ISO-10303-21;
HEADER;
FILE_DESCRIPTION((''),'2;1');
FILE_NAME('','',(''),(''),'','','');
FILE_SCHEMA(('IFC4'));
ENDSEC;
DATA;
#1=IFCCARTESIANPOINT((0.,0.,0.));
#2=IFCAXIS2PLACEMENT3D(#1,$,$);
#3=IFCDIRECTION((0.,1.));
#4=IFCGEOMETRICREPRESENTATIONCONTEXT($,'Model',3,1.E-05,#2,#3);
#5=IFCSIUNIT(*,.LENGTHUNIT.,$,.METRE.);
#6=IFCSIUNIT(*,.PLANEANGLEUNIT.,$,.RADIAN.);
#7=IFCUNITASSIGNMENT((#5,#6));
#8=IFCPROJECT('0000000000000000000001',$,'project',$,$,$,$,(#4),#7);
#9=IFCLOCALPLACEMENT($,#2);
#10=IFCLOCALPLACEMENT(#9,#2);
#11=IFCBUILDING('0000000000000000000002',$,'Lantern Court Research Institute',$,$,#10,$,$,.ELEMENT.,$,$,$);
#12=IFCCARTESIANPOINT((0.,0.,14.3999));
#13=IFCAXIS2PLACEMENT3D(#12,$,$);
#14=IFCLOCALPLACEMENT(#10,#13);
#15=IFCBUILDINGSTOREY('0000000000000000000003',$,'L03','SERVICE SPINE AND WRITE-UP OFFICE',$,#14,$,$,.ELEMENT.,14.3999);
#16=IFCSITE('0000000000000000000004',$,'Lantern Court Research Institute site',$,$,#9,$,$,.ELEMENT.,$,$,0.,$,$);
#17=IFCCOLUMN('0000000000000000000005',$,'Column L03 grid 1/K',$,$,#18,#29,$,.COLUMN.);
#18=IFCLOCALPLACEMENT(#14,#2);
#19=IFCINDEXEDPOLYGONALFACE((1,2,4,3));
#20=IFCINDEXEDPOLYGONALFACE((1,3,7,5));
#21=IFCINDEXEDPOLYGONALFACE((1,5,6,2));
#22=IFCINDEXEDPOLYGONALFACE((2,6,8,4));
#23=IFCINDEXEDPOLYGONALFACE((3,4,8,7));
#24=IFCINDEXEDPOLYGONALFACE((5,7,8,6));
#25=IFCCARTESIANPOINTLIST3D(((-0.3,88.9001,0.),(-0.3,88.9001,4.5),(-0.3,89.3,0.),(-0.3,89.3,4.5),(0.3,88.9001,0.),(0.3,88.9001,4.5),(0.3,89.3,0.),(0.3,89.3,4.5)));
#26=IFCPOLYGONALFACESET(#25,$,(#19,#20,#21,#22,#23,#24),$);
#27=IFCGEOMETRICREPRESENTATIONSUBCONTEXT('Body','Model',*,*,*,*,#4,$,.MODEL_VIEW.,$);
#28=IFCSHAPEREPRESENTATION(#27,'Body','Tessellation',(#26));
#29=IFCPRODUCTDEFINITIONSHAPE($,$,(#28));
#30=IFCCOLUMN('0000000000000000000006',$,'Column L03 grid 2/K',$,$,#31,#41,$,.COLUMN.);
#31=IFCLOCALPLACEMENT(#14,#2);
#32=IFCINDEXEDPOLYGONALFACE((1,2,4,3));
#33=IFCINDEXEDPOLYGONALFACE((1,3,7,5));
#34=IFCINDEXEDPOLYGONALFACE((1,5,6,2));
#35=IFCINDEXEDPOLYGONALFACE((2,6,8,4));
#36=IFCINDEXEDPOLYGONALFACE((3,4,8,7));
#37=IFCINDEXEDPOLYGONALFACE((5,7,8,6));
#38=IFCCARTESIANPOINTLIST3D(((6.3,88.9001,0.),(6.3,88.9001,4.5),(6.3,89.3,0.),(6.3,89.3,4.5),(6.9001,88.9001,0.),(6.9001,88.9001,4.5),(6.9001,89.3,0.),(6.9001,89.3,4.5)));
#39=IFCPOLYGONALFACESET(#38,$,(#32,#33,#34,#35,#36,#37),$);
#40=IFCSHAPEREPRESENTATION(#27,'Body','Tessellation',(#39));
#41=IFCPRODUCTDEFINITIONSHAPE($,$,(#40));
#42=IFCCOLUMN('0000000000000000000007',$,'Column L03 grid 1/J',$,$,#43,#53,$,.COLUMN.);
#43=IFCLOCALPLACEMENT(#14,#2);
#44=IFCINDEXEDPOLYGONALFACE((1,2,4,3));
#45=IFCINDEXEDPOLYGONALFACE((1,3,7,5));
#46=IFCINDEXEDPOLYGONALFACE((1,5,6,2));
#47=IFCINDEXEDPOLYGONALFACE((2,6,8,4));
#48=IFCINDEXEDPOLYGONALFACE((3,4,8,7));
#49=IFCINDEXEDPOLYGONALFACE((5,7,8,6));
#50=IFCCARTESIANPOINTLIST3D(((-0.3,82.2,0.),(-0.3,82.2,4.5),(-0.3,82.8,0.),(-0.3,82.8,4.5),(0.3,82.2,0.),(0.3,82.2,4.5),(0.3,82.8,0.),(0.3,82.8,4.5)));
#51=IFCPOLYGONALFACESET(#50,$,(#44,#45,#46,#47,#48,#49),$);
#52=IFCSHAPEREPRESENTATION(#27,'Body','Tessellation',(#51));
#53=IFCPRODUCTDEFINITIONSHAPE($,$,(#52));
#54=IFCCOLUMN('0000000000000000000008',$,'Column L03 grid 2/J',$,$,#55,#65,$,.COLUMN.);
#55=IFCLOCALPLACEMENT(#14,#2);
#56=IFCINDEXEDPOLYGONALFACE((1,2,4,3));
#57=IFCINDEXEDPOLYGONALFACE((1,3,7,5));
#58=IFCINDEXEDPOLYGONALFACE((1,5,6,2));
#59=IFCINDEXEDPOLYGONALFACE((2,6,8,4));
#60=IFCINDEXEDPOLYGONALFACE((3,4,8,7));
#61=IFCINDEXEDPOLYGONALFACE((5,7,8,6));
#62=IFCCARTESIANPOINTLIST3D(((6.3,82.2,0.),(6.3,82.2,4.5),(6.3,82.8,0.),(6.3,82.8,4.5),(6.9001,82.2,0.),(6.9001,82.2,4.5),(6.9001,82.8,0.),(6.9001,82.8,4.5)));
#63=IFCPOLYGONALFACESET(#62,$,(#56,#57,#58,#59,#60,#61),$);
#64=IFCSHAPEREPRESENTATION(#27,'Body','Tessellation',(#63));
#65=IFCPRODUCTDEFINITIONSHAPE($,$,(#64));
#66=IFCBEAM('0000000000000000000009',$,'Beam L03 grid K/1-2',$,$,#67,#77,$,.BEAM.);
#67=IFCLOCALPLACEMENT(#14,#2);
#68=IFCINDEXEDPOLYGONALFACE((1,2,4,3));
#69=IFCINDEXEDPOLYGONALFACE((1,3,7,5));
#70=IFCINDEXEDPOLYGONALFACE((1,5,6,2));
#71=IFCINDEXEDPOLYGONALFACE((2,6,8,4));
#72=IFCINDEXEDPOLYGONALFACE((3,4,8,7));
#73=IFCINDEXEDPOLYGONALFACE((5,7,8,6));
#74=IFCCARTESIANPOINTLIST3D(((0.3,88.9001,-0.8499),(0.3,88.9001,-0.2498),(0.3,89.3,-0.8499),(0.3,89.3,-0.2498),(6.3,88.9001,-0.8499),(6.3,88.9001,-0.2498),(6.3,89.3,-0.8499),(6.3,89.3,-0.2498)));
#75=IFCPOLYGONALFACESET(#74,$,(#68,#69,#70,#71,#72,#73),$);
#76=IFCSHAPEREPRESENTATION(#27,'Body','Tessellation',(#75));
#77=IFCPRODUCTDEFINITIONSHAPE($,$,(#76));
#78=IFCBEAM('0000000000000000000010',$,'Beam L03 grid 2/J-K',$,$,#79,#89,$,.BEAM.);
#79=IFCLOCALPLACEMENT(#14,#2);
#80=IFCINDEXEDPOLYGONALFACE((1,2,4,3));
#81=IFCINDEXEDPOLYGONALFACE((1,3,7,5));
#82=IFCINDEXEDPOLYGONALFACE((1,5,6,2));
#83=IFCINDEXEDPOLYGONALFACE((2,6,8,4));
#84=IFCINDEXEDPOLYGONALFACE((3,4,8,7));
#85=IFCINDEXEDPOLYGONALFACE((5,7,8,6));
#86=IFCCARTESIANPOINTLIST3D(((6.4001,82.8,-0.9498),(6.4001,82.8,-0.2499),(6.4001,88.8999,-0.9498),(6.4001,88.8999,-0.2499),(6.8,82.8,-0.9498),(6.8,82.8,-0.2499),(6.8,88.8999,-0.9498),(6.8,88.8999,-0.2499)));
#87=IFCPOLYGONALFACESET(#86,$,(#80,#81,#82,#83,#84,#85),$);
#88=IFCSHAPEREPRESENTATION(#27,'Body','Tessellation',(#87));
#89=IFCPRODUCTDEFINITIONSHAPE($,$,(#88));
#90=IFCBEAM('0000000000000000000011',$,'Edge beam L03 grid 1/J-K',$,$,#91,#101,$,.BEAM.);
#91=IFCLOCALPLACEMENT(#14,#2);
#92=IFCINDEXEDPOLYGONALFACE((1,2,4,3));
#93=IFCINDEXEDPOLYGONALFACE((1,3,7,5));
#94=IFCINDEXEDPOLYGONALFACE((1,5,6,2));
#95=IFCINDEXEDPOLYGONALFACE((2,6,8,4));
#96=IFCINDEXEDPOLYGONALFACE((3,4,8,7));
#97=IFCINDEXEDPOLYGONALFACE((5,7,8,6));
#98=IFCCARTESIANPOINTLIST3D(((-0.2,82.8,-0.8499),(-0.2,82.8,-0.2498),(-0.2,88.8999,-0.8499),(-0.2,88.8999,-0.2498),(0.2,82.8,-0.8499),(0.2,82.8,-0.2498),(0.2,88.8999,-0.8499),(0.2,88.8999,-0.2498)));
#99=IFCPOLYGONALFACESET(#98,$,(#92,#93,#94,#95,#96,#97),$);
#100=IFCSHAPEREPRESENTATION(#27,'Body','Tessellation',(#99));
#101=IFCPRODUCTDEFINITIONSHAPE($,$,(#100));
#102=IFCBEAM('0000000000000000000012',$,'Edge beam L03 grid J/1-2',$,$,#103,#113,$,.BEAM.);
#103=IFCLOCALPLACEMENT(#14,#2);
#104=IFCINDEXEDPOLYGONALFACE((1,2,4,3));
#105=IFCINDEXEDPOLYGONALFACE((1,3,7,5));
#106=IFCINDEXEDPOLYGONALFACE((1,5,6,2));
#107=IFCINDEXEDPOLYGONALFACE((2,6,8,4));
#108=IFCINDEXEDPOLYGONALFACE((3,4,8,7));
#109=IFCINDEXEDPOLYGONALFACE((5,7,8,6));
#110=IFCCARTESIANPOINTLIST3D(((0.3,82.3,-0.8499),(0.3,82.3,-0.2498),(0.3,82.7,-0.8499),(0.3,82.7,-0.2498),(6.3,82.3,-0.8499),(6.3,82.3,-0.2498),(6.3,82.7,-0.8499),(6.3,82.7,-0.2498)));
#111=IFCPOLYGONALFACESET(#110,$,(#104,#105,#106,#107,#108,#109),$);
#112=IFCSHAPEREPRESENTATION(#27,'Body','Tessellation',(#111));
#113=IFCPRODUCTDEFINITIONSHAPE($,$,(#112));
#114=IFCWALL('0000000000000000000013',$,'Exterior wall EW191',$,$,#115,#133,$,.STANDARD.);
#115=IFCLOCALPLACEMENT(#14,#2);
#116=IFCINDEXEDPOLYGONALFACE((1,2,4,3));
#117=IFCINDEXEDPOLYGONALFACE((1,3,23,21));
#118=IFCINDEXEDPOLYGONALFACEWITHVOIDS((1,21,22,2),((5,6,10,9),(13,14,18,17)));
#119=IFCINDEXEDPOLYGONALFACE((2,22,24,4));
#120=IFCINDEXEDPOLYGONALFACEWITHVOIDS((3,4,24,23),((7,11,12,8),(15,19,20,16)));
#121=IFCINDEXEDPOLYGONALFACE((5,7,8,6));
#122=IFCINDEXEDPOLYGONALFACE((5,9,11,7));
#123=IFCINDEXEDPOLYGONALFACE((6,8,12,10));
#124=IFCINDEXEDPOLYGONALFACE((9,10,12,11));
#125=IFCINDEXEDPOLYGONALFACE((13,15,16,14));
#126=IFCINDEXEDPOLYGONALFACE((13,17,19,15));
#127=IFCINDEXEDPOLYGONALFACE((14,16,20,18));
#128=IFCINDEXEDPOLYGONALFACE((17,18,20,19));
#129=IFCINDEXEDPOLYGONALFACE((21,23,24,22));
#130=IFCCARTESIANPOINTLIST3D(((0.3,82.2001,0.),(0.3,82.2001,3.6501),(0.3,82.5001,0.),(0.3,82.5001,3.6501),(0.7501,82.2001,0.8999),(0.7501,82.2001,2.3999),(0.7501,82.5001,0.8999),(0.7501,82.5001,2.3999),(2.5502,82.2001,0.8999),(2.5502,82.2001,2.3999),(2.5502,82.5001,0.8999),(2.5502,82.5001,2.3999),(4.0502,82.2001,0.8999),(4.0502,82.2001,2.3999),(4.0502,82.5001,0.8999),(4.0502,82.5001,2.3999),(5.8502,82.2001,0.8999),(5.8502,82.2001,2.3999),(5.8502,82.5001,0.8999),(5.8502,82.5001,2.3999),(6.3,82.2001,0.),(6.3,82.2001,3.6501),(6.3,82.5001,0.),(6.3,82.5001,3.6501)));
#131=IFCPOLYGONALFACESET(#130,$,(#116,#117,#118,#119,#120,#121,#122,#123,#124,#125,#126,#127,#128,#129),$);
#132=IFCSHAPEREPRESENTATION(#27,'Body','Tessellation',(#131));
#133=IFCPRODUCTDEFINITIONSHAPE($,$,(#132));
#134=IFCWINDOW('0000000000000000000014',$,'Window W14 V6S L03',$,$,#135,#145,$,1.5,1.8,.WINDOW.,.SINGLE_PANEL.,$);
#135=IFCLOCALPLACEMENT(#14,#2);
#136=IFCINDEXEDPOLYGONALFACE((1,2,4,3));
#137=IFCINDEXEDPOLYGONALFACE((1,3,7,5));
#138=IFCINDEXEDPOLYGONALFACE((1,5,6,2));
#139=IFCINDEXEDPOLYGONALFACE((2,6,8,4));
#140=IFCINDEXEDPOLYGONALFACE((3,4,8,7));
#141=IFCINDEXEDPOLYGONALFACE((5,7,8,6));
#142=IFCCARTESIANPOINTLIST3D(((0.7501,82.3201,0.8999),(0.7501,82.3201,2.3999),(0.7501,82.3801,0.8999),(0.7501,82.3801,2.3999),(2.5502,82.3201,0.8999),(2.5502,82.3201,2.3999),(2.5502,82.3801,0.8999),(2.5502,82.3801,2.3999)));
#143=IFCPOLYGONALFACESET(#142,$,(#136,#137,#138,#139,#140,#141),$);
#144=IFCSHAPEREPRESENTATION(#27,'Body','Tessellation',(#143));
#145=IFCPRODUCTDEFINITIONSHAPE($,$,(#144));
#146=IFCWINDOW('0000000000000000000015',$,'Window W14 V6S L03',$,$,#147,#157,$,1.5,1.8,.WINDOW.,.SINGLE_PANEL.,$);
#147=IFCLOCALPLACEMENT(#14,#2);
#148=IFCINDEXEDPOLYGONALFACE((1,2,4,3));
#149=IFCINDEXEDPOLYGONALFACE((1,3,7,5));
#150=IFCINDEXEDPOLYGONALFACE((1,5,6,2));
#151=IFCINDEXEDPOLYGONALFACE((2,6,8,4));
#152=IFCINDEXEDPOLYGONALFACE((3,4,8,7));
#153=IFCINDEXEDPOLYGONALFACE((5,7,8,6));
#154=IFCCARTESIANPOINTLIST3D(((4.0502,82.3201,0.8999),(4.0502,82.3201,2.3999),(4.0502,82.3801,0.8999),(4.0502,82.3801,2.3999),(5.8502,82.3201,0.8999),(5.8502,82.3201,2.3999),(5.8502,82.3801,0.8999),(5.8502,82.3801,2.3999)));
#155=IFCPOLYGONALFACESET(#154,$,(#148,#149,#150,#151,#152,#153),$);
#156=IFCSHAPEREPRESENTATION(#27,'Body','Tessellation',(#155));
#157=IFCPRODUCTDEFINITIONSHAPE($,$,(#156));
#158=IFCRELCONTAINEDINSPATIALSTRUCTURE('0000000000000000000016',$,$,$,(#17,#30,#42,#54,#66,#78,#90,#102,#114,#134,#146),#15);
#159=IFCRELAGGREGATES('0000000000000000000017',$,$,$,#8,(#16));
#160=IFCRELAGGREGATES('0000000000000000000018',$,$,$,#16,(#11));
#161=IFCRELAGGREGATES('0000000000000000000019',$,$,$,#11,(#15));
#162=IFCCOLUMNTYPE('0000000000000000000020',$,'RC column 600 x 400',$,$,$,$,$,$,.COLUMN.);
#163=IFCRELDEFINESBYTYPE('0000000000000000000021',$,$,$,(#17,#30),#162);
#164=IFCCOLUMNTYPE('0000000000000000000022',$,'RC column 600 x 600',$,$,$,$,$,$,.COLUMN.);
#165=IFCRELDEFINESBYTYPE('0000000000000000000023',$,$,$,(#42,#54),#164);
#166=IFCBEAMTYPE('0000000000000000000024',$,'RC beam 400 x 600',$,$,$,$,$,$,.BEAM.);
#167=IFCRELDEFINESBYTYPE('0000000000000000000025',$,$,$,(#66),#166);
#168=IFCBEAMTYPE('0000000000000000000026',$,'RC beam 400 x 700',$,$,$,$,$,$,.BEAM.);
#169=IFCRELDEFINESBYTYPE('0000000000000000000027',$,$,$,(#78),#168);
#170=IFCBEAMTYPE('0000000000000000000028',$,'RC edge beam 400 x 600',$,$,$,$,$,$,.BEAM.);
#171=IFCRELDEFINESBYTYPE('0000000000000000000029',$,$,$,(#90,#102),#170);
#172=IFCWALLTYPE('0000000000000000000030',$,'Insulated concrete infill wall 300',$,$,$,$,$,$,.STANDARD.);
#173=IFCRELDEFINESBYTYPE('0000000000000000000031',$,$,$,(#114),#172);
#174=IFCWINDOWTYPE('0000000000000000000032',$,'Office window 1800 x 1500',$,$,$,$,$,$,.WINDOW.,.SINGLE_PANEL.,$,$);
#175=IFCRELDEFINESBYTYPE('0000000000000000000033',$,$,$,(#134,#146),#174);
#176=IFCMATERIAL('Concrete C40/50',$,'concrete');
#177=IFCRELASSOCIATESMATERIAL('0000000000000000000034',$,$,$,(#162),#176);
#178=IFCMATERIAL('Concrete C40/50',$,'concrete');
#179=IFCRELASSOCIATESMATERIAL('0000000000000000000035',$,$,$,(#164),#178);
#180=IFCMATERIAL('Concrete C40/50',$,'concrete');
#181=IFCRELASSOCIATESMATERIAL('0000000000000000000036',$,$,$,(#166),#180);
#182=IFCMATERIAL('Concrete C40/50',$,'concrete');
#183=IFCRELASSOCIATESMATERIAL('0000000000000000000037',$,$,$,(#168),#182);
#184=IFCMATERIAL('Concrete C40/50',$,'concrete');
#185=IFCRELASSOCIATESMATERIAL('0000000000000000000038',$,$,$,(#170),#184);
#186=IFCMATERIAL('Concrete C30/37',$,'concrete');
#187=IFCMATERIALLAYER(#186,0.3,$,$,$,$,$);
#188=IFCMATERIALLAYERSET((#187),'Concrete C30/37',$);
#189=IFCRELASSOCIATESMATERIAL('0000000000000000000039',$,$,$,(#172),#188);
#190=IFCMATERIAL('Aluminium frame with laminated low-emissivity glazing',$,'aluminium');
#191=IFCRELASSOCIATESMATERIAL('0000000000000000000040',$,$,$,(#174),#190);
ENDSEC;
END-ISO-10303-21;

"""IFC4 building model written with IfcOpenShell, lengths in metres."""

from ifc_helpers import new_model, si_unit, direction, frame, frame_2d, origin, origin_2d, place, context, subcontext, project, spatial, rectangle, extrude, material, layer, layer_set, material_profile, profile_set, type_object, element, fill, save


model = new_model("IFC4")

# Units and contexts
model_context = context("Model", 3, precision=1e-05, world=origin(), true_north=direction((0.0, 1.0)))
body_context = subcontext(model_context, "Body", "Model", "MODEL_VIEW")
ifc_project = project(units=[si_unit("LENGTHUNIT", "METRE"), si_unit("PLANEANGLEUNIT", "RADIAN")], contexts=[model_context])

# Site, building, storey
site_placement = place(None, origin())
site = spatial("IfcSite", under=ifc_project, at=site_placement, Name="Lantern Court Research Institute site", CompositionType="ELEMENT", RefElevation=0.0)
building_placement = place(site_placement, origin())
building = spatial("IfcBuilding", under=site, at=building_placement, Name="Lantern Court Research Institute", CompositionType="ELEMENT")
storey_placement = place(building_placement, frame((0.0, 0.0, 14.3999)))
storey = spatial("IfcBuildingStorey", under=building, at=storey_placement, Name="L03", Description="SERVICE SPINE AND WRITE-UP OFFICE", CompositionType="ELEMENT", Elevation=14.3999)

# Columns
ifc_material_1 = material(Name="Concrete C40/50", Category="concrete")
ifc_material_profile_1 = material_profile(ifc_material_1, rectangle(XDim=0.6001, YDim=0.3999, at=origin_2d()), Name="RC column 600 x 400")
ifc_profile_set_1 = profile_set([ifc_material_profile_1], Name="Concrete C40/50")
column_type_1 = type_object("IfcColumnType", Name="RC column 600 x 400", PredefinedType="COLUMN", material=ifc_profile_set_1)
for number, where, z_axis, x_axis, name in (
    (1, (0.0, 89.1001, 0.0), (0.0, 0.0, 1.0), (1.0, 0.0, 0.0), "Column L03 grid 1/K"),
    (2, (6.6001, 89.1001, 0.0), (0.0, 0.0, 1.0), (1.0, 0.0, 0.0), "Column L03 grid 2/K"),
):
    element("IfcColumn", number, at=place(storey_placement, frame(where, z_axis=z_axis, x_axis=x_axis)), inside=storey, type_object=column_type_1, Name=name, PredefinedType="COLUMN", context=body_context, shape_type="SweptSolid", body=[
        extrude(rectangle(XDim=0.6001, YDim=0.3999, at=origin_2d()), origin(), (0.0, 0.0, 1.0), 4.5),
    ])
ifc_material_2 = material(Name="Concrete C40/50", Category="concrete")
ifc_material_profile_2 = material_profile(ifc_material_2, rectangle(XDim=0.6001, YDim=0.6001, at=origin_2d()), Name="RC column 600 x 600")
ifc_profile_set_2 = profile_set([ifc_material_profile_2], Name="Concrete C40/50")
column_type_2 = type_object("IfcColumnType", Name="RC column 600 x 600", PredefinedType="COLUMN", material=ifc_profile_set_2)
for number, where, z_axis, x_axis, name in (
    (3, (0.0, 82.5, 0.0), (0.0, 0.0, 1.0), (1.0, 0.0, 0.0), "Column L03 grid 1/J"),
    (4, (6.6001, 82.5, 0.0), (0.0, 0.0, 1.0), (1.0, 0.0, 0.0), "Column L03 grid 2/J"),
):
    element("IfcColumn", number, at=place(storey_placement, frame(where, z_axis=z_axis, x_axis=x_axis)), inside=storey, type_object=column_type_2, Name=name, PredefinedType="COLUMN", context=body_context, shape_type="SweptSolid", body=[
        extrude(rectangle(XDim=0.6001, YDim=0.6001, at=origin_2d()), origin(), (0.0, 0.0, 1.0), 4.5),
    ])

# Beams
ifc_material_3 = material(Name="Concrete C40/50", Category="concrete")
ifc_material_profile_3 = material_profile(ifc_material_3, rectangle(XDim=0.3999, YDim=0.6001, at=origin_2d()), Name="RC beam 400 x 600")
ifc_profile_set_3 = profile_set([ifc_material_profile_3], Name="Concrete C40/50")
beam_type_1 = type_object("IfcBeamType", Name="RC beam 400 x 600", PredefinedType="BEAM", material=ifc_profile_set_3)
beam_1_placement = place(storey_placement, frame((0.3, 89.1001, -0.5498), z_axis=(1.0, 0.0, 0.0), x_axis=(0.0, 1.0, 0.0)))
element("IfcBeam", 5, at=beam_1_placement, inside=storey, type_object=beam_type_1, Name="Beam L03 grid K/1-2", PredefinedType="BEAM", context=body_context, shape_type="SweptSolid", body=[
    extrude(rectangle(XDim=0.3999, YDim=0.6001, at=origin_2d()), origin(), (0.0, 0.0, 1.0), 6.0),
])
ifc_material_4 = material(Name="Concrete C40/50", Category="concrete")
ifc_material_profile_4 = material_profile(ifc_material_4, rectangle(XDim=0.3999, YDim=0.7, at=origin_2d()), Name="RC beam 400 x 700")
ifc_profile_set_4 = profile_set([ifc_material_profile_4], Name="Concrete C40/50")
beam_type_2 = type_object("IfcBeamType", Name="RC beam 400 x 700", PredefinedType="BEAM", material=ifc_profile_set_4)
beam_2_placement = place(storey_placement, frame((6.6001, 82.8, -0.5999), z_axis=(0.0, 1.0, 0.0), x_axis=(-1.0, 0.0, 0.0)))
element("IfcBeam", 6, at=beam_2_placement, inside=storey, type_object=beam_type_2, Name="Beam L03 grid 2/J-K", PredefinedType="BEAM", context=body_context, shape_type="SweptSolid", body=[
    extrude(rectangle(XDim=0.3999, YDim=0.7, at=origin_2d()), origin(), (0.0, 0.0, 1.0), 6.0999),
])
ifc_material_5 = material(Name="Concrete C40/50", Category="concrete")
ifc_material_profile_5 = material_profile(ifc_material_5, rectangle(XDim=0.3999, YDim=0.6001, at=origin_2d()), Name="RC beam 400 x 600")
ifc_profile_set_5 = profile_set([ifc_material_profile_5], Name="Concrete C40/50")
beam_type_3 = type_object("IfcBeamType", Name="RC edge beam 400 x 600", PredefinedType="BEAM", material=ifc_profile_set_5)
beam_3_placement = place(storey_placement, frame((0.0, 82.8, -0.5498), z_axis=(0.0, 1.0, 0.0), x_axis=(-1.0, 0.0, 0.0)))
element("IfcBeam", 7, at=beam_3_placement, inside=storey, type_object=beam_type_3, Name="Edge beam L03 grid 1/J-K", PredefinedType="BEAM", context=body_context, shape_type="SweptSolid", body=[
    extrude(rectangle(XDim=0.3999, YDim=0.6001, at=origin_2d()), origin(), (0.0, 0.0, 1.0), 6.0999),
])
beam_4_placement = place(storey_placement, frame((0.3, 82.5, -0.5498), z_axis=(1.0, 0.0, 0.0), x_axis=(0.0, 1.0, 0.0)))
element("IfcBeam", 8, at=beam_4_placement, inside=storey, type_object=beam_type_3, Name="Edge beam L03 grid J/1-2", PredefinedType="BEAM", context=body_context, shape_type="SweptSolid", body=[
    extrude(rectangle(XDim=0.3999, YDim=0.6001, at=origin_2d()), origin(), (0.0, 0.0, 1.0), 6.0),
])

# Wall, openings, windows
ifc_material_6 = material(Name="Concrete C30/37", Category="concrete")
ifc_layer_1 = layer(ifc_material_6, 0.3)
ifc_layer_set_1 = layer_set([ifc_layer_1], Name="Concrete C30/37")
wall_type_1 = type_object("IfcWallType", Name="Insulated concrete infill wall 300", PredefinedType="STANDARD", material=ifc_layer_set_1)
wall_1_placement = place(storey_placement, frame((6.3, 82.3501, 0.0), z_axis=(0.0, 0.0, 1.0), x_axis=(-1.0, 0.0, 0.0)))
wall_1 = element("IfcWall", 9, at=wall_1_placement, inside=storey, type_object=wall_type_1, Name="Exterior wall EW191", PredefinedType="STANDARD", context=body_context, shape_type="SweptSolid", body=[
    extrude(rectangle(XDim=6.0, YDim=0.3, at=frame_2d((3.0, 0.0))), origin(), (0.0, 0.0, 1.0), 3.6501),
])
opening_1_placement = place(wall_1_placement, frame((3.75, 0.0, 0.8999)))
opening_1 = element("IfcOpeningElement", 10, at=opening_1_placement, cuts=wall_1, PredefinedType="OPENING", context=body_context, shape_type="SweptSolid", body=[
    extrude(rectangle(XDim=1.8, YDim=1.5, at=frame_2d((0.8999, 0.75))), frame((0.0, 0.1599, 0.0), z_axis=(0.0, -1.0, 0.0), x_axis=(1.0, 0.0, 0.0)), (0.0, 0.0, 1.0), 0.3201),
])
opening_2_placement = place(wall_1_placement, frame((0.45, 0.0, 0.8999)))
opening_2 = element("IfcOpeningElement", 11, at=opening_2_placement, cuts=wall_1, PredefinedType="OPENING", context=body_context, shape_type="SweptSolid", body=[
    extrude(rectangle(XDim=1.8, YDim=1.5, at=frame_2d((0.8999, 0.75))), frame((0.0, 0.1599, 0.0), z_axis=(0.0, -1.0, 0.0), x_axis=(1.0, 0.0, 0.0)), (0.0, 0.0, 1.0), 0.3201),
])
ifc_material_7 = material(Name="Aluminium frame with laminated low-emissivity glazing", Category="aluminium")
window_type = type_object("IfcWindowType", Name="Office window 1800 x 1500", PartitioningType="SINGLE_PANEL", PredefinedType="WINDOW", material=ifc_material_7)
window_1_placement = place(opening_1_placement, origin())
window_1 = element("IfcWindow", 12, at=window_1_placement, inside=storey, type_object=window_type, Name="Window W14 V6S L03", OverallHeight=1.5, OverallWidth=1.8, PartitioningType="SINGLE_PANEL", PredefinedType="WINDOW", context=body_context, shape_type="SweptSolid", body=[
    extrude(rectangle(XDim=1.8, YDim=1.5, at=frame_2d((0.8999, 0.75))), frame((0.0, 0.03, 0.0), z_axis=(0.0, -1.0, 0.0), x_axis=(1.0, 0.0, 0.0)), (0.0, 0.0, 1.0), 0.0601),
])
fill(opening_1, window_1)
window_2_placement = place(opening_2_placement, origin())
window_2 = element("IfcWindow", 13, at=window_2_placement, inside=storey, type_object=window_type, Name="Window W14 V6S L03", OverallHeight=1.5, OverallWidth=1.8, PartitioningType="SINGLE_PANEL", PredefinedType="WINDOW", context=body_context, shape_type="SweptSolid", body=[
    extrude(rectangle(XDim=1.8, YDim=1.5, at=frame_2d((0.8999, 0.75))), frame((0.0, 0.03, 0.0), z_axis=(0.0, -1.0, 0.0), x_axis=(1.0, 0.0, 0.0)), (0.0, 0.0, 1.0), 0.0601),
])
fill(opening_2, window_2)

save(model, "model.ifc")
